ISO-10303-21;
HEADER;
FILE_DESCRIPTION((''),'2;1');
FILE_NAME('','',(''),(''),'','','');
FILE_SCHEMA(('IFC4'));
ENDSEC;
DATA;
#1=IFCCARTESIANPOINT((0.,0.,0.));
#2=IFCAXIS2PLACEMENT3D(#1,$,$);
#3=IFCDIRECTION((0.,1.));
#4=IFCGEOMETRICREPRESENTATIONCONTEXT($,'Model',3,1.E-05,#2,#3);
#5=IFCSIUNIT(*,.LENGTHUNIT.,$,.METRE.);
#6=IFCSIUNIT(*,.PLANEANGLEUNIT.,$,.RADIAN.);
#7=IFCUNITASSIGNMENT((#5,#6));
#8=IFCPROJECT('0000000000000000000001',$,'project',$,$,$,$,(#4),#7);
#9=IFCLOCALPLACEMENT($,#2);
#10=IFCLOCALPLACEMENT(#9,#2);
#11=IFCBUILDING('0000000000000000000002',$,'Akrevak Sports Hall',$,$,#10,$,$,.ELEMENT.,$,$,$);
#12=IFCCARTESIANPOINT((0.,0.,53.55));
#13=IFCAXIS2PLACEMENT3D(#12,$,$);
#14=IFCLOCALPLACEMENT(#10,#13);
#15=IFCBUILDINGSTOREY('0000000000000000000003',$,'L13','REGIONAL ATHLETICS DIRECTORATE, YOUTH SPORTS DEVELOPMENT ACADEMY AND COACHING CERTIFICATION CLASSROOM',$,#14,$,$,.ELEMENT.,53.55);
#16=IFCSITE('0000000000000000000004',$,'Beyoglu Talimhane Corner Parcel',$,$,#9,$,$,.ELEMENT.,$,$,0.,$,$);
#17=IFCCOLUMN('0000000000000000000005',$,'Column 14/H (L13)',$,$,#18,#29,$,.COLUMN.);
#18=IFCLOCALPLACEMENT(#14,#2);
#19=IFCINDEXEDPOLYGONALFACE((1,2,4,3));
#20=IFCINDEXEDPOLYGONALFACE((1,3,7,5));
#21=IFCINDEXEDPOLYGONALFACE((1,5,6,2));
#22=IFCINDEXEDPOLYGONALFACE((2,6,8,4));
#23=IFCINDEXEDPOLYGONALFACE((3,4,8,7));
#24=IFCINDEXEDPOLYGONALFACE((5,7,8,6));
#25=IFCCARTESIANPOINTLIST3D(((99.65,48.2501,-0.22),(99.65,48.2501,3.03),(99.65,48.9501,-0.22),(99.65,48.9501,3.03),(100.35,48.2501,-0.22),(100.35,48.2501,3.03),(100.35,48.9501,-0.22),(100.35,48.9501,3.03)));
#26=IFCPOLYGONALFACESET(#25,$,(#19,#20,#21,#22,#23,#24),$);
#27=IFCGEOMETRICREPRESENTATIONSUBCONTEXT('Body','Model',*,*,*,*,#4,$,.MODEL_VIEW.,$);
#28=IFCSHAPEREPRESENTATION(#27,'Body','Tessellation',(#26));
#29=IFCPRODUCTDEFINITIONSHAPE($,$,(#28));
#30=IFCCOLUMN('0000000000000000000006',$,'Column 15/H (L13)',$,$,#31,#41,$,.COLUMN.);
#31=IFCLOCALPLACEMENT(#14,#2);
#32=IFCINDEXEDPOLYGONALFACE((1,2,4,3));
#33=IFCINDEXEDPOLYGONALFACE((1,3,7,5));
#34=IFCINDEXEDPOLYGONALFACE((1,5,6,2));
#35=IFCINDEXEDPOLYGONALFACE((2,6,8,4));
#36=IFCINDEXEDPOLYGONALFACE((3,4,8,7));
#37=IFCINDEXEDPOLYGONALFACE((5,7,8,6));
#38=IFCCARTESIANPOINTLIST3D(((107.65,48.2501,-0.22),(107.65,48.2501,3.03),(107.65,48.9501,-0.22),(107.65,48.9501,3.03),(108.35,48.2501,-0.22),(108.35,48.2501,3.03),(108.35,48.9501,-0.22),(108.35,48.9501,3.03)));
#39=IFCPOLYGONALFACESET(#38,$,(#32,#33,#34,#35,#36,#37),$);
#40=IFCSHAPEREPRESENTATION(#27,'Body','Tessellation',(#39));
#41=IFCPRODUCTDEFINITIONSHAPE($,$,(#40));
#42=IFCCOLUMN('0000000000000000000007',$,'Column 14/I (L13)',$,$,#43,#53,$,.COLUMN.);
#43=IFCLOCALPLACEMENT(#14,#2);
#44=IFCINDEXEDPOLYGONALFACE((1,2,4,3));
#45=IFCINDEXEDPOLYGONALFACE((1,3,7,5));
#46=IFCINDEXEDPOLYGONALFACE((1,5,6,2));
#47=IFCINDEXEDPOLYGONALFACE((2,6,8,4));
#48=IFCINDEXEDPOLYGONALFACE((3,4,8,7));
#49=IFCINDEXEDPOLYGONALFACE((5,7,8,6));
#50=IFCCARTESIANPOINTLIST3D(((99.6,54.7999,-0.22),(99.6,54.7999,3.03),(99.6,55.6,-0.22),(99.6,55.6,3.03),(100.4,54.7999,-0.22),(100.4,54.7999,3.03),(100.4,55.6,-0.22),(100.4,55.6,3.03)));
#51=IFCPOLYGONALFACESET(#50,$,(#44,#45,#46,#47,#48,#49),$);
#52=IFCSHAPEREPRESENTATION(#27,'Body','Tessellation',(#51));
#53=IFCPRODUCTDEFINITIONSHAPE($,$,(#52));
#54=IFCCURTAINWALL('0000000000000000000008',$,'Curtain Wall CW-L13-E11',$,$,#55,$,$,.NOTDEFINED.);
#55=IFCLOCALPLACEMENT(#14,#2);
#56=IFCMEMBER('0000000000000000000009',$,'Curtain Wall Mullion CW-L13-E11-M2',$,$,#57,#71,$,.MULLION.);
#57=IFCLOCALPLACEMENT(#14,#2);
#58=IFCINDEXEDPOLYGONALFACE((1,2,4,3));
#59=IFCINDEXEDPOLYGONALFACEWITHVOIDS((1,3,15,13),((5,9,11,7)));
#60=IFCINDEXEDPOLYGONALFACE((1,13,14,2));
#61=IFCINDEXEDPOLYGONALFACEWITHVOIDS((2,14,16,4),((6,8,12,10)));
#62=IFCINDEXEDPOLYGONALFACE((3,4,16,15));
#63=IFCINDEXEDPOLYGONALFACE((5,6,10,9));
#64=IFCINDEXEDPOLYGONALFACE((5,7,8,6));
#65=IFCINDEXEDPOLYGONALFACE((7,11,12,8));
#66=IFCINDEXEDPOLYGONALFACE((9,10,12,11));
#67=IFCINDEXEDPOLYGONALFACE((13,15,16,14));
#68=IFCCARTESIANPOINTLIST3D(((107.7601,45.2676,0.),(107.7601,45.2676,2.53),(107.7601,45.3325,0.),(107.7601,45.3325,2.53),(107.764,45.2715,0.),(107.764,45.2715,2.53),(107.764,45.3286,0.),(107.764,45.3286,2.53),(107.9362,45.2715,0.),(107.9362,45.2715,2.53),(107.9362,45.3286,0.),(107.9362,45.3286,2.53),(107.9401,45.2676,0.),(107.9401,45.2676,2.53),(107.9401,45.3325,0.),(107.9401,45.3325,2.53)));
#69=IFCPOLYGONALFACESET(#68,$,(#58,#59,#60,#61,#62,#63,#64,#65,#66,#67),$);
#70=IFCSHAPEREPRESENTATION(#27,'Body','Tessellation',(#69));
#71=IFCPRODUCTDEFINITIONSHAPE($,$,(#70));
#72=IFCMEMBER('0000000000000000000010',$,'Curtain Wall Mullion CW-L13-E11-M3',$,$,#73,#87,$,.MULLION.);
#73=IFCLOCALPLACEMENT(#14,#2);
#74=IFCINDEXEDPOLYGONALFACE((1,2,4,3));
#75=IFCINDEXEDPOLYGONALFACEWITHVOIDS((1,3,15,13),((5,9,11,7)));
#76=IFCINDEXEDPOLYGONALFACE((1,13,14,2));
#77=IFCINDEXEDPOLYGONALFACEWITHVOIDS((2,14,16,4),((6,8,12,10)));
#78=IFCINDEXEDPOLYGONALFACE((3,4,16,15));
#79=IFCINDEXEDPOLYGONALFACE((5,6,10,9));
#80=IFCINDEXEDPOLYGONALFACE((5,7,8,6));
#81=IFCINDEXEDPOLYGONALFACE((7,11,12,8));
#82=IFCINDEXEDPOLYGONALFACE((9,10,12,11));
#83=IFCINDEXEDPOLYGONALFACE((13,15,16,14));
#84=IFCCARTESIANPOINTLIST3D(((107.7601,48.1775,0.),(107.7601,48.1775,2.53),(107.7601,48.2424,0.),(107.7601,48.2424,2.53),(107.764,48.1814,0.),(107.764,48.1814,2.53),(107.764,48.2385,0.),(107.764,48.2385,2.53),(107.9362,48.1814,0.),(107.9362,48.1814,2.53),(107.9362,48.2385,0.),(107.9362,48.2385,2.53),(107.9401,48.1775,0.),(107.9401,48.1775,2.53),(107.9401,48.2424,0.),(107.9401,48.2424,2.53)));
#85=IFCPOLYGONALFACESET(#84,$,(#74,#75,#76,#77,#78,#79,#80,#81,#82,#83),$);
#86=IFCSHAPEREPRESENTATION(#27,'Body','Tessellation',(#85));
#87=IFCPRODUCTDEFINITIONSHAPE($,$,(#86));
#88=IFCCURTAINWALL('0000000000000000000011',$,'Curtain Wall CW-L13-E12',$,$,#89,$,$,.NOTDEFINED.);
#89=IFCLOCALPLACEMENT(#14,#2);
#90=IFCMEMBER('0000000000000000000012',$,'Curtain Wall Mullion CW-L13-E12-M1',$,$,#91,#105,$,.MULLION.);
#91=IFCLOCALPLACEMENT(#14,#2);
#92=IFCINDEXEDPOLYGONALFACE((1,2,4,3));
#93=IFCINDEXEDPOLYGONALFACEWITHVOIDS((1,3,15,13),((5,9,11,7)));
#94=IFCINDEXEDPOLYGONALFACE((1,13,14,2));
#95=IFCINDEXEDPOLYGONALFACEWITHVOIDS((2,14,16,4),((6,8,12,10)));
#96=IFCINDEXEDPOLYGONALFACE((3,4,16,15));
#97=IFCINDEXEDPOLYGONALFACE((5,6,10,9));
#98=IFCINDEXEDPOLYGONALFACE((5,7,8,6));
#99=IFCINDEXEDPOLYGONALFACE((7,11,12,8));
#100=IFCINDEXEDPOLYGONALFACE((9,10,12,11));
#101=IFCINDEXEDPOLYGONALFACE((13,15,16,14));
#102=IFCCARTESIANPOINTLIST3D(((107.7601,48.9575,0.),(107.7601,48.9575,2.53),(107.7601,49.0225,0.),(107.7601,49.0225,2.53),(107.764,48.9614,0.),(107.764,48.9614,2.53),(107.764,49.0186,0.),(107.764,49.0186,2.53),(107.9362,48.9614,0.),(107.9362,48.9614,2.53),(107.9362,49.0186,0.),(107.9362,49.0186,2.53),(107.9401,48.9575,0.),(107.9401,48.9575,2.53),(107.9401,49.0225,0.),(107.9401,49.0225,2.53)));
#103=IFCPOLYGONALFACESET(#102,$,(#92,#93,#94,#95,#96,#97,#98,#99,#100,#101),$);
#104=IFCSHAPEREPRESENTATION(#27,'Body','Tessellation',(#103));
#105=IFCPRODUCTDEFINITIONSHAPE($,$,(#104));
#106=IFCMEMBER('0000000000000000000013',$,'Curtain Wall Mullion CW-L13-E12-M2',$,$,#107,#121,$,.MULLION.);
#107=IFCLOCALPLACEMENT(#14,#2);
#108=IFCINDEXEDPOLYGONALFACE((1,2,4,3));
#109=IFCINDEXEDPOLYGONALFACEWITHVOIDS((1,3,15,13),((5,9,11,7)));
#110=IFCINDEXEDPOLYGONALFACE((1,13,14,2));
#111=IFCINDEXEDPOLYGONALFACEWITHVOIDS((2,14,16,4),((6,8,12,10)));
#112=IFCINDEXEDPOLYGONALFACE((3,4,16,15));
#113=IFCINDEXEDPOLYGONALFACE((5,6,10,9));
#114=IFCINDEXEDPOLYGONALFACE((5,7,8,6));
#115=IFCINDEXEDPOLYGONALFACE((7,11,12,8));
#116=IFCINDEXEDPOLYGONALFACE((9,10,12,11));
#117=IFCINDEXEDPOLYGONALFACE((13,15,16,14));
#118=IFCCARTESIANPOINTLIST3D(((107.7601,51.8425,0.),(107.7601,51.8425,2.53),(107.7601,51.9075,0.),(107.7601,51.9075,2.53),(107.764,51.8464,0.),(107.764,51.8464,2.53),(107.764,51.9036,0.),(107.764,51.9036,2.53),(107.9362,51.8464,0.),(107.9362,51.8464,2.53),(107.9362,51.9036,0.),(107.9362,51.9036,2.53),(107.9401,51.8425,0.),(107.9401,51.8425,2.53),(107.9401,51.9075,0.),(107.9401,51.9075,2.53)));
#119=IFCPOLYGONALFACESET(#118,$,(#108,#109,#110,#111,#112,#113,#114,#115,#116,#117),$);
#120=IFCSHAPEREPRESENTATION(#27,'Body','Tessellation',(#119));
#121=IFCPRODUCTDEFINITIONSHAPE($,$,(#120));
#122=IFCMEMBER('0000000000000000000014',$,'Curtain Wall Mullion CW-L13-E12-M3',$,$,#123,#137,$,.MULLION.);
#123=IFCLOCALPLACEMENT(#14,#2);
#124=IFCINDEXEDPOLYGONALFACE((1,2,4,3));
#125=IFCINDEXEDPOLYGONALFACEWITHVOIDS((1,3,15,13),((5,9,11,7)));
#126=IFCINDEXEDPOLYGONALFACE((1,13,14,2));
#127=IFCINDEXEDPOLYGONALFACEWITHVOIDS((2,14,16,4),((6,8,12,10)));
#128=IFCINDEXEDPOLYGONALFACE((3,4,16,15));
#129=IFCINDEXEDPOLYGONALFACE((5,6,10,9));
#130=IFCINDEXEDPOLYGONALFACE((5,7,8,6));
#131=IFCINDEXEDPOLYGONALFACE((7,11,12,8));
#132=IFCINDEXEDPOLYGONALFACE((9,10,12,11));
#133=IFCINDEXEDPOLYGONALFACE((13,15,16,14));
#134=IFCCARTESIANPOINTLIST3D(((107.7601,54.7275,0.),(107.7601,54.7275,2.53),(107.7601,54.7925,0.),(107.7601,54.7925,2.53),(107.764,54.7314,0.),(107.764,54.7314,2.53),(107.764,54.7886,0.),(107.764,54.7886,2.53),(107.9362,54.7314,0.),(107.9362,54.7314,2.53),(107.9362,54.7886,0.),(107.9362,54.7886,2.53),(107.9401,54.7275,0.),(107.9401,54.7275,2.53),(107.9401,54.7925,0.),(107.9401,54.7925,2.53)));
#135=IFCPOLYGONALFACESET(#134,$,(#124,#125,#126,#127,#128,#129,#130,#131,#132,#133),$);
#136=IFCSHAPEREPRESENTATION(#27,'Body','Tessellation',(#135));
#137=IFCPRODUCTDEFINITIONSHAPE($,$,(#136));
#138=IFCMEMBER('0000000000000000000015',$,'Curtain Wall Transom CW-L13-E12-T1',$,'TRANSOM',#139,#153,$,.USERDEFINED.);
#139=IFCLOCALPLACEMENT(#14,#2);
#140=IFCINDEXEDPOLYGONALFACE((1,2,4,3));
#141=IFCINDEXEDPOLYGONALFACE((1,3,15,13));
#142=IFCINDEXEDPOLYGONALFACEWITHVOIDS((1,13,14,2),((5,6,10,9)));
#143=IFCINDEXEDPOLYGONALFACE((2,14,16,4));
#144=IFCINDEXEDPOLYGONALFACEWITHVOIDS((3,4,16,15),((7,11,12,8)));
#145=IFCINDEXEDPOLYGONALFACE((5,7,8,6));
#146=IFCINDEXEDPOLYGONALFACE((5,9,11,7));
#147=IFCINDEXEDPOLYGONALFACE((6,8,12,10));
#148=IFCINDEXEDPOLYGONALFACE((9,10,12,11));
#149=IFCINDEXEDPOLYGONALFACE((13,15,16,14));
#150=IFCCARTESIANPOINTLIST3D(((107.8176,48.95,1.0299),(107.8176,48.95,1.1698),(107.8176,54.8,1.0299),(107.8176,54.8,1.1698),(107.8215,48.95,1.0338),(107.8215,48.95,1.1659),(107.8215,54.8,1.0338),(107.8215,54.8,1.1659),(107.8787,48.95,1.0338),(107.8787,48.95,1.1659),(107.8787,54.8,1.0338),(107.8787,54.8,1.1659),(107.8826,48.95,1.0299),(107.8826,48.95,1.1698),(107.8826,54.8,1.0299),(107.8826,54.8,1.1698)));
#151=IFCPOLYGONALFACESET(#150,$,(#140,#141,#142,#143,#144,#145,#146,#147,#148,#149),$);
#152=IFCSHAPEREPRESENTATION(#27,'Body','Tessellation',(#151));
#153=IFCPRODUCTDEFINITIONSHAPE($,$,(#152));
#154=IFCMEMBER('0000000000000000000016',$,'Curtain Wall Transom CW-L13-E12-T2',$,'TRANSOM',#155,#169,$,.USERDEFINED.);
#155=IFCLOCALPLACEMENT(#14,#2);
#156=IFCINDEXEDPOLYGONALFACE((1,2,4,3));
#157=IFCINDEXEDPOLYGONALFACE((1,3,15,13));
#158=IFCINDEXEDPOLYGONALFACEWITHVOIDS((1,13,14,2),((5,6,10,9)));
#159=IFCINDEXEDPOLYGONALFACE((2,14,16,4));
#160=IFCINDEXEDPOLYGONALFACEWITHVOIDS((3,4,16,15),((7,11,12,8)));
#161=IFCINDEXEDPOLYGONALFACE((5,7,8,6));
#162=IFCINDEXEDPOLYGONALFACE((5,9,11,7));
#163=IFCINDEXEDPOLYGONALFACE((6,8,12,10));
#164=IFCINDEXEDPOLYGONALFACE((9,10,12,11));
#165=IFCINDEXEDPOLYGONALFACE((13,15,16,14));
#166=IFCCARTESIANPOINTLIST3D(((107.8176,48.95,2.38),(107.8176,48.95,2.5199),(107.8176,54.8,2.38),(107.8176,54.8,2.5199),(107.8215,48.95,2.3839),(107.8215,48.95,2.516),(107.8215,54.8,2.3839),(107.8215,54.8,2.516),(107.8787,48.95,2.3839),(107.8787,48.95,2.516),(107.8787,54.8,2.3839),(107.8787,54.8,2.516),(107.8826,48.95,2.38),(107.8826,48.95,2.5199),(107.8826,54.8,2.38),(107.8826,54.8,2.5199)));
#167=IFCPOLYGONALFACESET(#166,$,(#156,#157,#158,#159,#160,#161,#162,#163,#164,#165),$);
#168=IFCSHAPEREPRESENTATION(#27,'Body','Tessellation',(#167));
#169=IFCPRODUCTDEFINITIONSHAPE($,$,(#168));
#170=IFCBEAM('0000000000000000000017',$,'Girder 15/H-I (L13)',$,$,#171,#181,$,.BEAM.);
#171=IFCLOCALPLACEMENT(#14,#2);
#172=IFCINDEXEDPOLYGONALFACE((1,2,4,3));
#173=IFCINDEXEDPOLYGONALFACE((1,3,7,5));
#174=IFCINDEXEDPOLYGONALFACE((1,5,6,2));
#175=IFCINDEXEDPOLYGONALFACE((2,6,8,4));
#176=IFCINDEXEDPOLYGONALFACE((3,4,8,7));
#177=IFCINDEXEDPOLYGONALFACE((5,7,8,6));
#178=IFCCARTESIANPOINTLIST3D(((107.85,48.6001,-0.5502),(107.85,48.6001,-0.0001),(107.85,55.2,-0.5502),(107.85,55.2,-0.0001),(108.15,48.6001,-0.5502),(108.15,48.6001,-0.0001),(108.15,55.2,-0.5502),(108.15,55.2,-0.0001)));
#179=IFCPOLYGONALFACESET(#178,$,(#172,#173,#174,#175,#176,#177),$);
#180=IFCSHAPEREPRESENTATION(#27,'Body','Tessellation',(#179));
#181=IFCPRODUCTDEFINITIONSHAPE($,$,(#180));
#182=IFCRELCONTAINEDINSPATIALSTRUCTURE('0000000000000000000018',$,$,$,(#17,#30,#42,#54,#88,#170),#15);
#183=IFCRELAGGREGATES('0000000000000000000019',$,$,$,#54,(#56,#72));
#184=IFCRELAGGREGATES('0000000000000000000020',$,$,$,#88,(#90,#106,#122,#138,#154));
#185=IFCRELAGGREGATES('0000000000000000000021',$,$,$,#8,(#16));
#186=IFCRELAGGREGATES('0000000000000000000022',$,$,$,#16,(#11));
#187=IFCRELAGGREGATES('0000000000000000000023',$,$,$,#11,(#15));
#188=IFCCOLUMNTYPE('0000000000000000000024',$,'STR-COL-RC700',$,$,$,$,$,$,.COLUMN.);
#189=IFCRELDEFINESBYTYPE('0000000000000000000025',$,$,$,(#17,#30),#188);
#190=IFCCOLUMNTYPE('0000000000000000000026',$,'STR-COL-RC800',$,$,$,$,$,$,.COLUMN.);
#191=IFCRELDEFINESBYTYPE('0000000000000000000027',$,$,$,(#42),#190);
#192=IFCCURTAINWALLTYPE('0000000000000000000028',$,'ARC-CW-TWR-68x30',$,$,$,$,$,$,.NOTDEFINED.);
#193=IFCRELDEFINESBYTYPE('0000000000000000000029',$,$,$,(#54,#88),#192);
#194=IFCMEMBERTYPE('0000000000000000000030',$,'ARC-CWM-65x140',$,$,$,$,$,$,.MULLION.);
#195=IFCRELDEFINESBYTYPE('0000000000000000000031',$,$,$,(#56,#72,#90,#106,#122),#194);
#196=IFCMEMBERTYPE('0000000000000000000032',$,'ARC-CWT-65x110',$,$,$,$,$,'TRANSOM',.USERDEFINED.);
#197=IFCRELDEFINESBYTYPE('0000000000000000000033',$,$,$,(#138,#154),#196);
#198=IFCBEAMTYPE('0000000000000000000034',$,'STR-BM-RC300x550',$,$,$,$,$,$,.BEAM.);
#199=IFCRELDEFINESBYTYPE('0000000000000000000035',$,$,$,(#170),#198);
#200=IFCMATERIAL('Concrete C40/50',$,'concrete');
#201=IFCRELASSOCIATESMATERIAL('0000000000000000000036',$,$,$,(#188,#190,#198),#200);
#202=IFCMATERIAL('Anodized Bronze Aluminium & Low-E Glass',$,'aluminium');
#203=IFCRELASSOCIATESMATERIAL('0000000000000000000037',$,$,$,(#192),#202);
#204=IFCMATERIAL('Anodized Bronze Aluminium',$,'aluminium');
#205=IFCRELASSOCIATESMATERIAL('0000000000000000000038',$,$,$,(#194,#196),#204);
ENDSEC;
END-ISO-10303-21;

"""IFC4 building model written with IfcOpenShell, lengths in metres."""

from ifc_helpers import new_model, si_unit, direction, frame, origin, origin_2d, place, context, subcontext, project, spatial, rectangle, hollow_rectangle, extrude, material, material_profile, profile_set, type_object, element, aggregate, save


model = new_model("IFC4")

# Units and contexts
model_context = context("Model", 3, precision=1e-05, world=origin(), true_north=direction((0.0, 1.0)))
body_context = subcontext(model_context, "Body", "Model", "MODEL_VIEW")
ifc_project = project(units=[si_unit("LENGTHUNIT", "METRE"), si_unit("PLANEANGLEUNIT", "RADIAN")], contexts=[model_context])

# Site, building, storey
site_placement = place(None, origin())
site = spatial("IfcSite", under=ifc_project, at=site_placement, Name="Beyoglu Talimhane Corner Parcel", CompositionType="ELEMENT", RefElevation=0.0)
building_placement = place(site_placement, origin())
building = spatial("IfcBuilding", under=site, at=building_placement, Name="Akrevak Sports Hall", CompositionType="ELEMENT")
storey_placement = place(building_placement, frame((0.0, 0.0, 53.55)))
storey = spatial("IfcBuildingStorey", under=building, at=storey_placement, Name="L13", Description="REGIONAL ATHLETICS DIRECTORATE, YOUTH SPORTS DEVELOPMENT ACADEMY AND COACHING CERTIFICATION CLASSROOM", CompositionType="ELEMENT", Elevation=53.55)

# Columns
ifc_material_1 = material(Name="Concrete C40/50", Category="concrete")
ifc_material_profile_1 = material_profile(ifc_material_1, rectangle(XDim=0.7, YDim=0.7, at=origin_2d()), Name="RC 700x700", Category="concrete")
ifc_profile_set_1 = profile_set([ifc_material_profile_1], Name="Concrete C40/50")
column_type_1 = type_object("IfcColumnType", Name="STR-COL-RC700", PredefinedType="COLUMN", material=ifc_profile_set_1)
for number, where, z_axis, x_axis, name in (
    (1, (100.0, 48.6001, -0.22), (0.0, 0.0, 1.0), (1.0, 0.0, 0.0), "Column 14/H (L13)"),
    (2, (108.0, 48.6001, -0.22), (0.0, 0.0, 1.0), (1.0, 0.0, 0.0), "Column 15/H (L13)"),
):
    element("IfcColumn", number, at=place(storey_placement, frame(where, z_axis=z_axis, x_axis=x_axis)), inside=storey, type_object=column_type_1, Name=name, PredefinedType="COLUMN", context=body_context, shape_type="SweptSolid", body=[
        extrude(rectangle(XDim=0.7, YDim=0.7, at=origin_2d()), origin(), (0.0, 0.0, 1.0), 3.25),
    ])
ifc_material_profile_2 = material_profile(ifc_material_1, rectangle(XDim=0.8, YDim=0.8, at=origin_2d()), Name="RC 800x800", Category="concrete")
ifc_profile_set_2 = profile_set([ifc_material_profile_2], Name="Concrete C40/50")
column_type_2 = type_object("IfcColumnType", Name="STR-COL-RC800", PredefinedType="COLUMN", material=ifc_profile_set_2)
column_placement = place(storey_placement, frame((100.0, 55.2, -0.22), z_axis=(0.0, 0.0, 1.0), x_axis=(1.0, 0.0, 0.0)))
element("IfcColumn", 3, at=column_placement, inside=storey, type_object=column_type_2, Name="Column 14/I (L13)", PredefinedType="COLUMN", context=body_context, shape_type="SweptSolid", body=[
    extrude(rectangle(XDim=0.8, YDim=0.8, at=origin_2d()), origin(), (0.0, 0.0, 1.0), 3.25),
])

# Curtain walls, members
ifc_material_2 = material(Name="Anodized Bronze Aluminium & Low-E Glass", Category="aluminium")
curtain_wall_type = type_object("IfcCurtainWallType", Name="ARC-CW-TWR-68x30", PredefinedType="NOTDEFINED", material=ifc_material_2)
curtain_wall_1_placement = place(storey_placement, origin())
curtain_wall_1 = element("IfcCurtainWall", 4, at=curtain_wall_1_placement, inside=storey, type_object=curtain_wall_type, Name="Curtain Wall CW-L13-E11", PredefinedType="NOTDEFINED")
ifc_material_3 = material(Name="Anodized Bronze Aluminium", Category="aluminium")
ifc_material_profile_3 = material_profile(ifc_material_3, hollow_rectangle(XDim=0.0649, YDim=0.1799, WallThickness=0.0039, at=origin_2d()), Name="CWM 65x180", Category="aluminium")
ifc_profile_set_3 = profile_set([ifc_material_profile_3], Name="Anodized Bronze Aluminium")
member_type_1 = type_object("IfcMemberType", Name="ARC-CWM-65x140", PredefinedType="MULLION", material=ifc_profile_set_3)
member_1_placement = place(storey_placement, frame((107.8501, 45.3, 0.0), z_axis=(0.0, 0.0, 1.0), x_axis=(0.0, 1.0, 0.0)))
member_1 = element("IfcMember", 5, at=member_1_placement, type_object=member_type_1, Name="Curtain Wall Mullion CW-L13-E11-M2", PredefinedType="MULLION", context=body_context, shape_type="SweptSolid", body=[
    extrude(hollow_rectangle(XDim=0.0649, YDim=0.1799, WallThickness=0.0039, at=origin_2d()), origin(), (0.0, 0.0, 1.0), 2.53),
])
member_2_placement = place(storey_placement, frame((107.8501, 48.21, 0.0), z_axis=(0.0, 0.0, 1.0), x_axis=(0.0, 1.0, 0.0)))
member_2 = element("IfcMember", 6, at=member_2_placement, type_object=member_type_1, Name="Curtain Wall Mullion CW-L13-E11-M3", PredefinedType="MULLION", context=body_context, shape_type="SweptSolid", body=[
    extrude(hollow_rectangle(XDim=0.0649, YDim=0.1799, WallThickness=0.0039, at=origin_2d()), origin(), (0.0, 0.0, 1.0), 2.53),
])
curtain_wall_2_placement = place(storey_placement, origin())
curtain_wall_2 = element("IfcCurtainWall", 7, at=curtain_wall_2_placement, inside=storey, type_object=curtain_wall_type, Name="Curtain Wall CW-L13-E12", PredefinedType="NOTDEFINED")
member_3_placement = place(storey_placement, frame((107.8501, 48.99, 0.0), z_axis=(0.0, 0.0, 1.0), x_axis=(0.0, 1.0, 0.0)))
member_3 = element("IfcMember", 8, at=member_3_placement, type_object=member_type_1, Name="Curtain Wall Mullion CW-L13-E12-M1", PredefinedType="MULLION", context=body_context, shape_type="SweptSolid", body=[
    extrude(hollow_rectangle(XDim=0.0649, YDim=0.1799, WallThickness=0.0039, at=origin_2d()), origin(), (0.0, 0.0, 1.0), 2.53),
])
member_4_placement = place(storey_placement, frame((107.8501, 51.875, 0.0), z_axis=(0.0, 0.0, 1.0), x_axis=(0.0, 1.0, 0.0)))
member_4 = element("IfcMember", 9, at=member_4_placement, type_object=member_type_1, Name="Curtain Wall Mullion CW-L13-E12-M2", PredefinedType="MULLION", context=body_context, shape_type="SweptSolid", body=[
    extrude(hollow_rectangle(XDim=0.0649, YDim=0.1799, WallThickness=0.0039, at=origin_2d()), origin(), (0.0, 0.0, 1.0), 2.53),
])
member_5_placement = place(storey_placement, frame((107.8501, 54.76, 0.0), z_axis=(0.0, 0.0, 1.0), x_axis=(0.0, 1.0, 0.0)))
member_5 = element("IfcMember", 10, at=member_5_placement, type_object=member_type_1, Name="Curtain Wall Mullion CW-L13-E12-M3", PredefinedType="MULLION", context=body_context, shape_type="SweptSolid", body=[
    extrude(hollow_rectangle(XDim=0.0649, YDim=0.1799, WallThickness=0.0039, at=origin_2d()), origin(), (0.0, 0.0, 1.0), 2.53),
])
ifc_material_profile_4 = material_profile(ifc_material_3, hollow_rectangle(XDim=0.0649, YDim=0.1399, WallThickness=0.0039, at=origin_2d()), Name="CWT 65x140", Category="aluminium")
ifc_profile_set_4 = profile_set([ifc_material_profile_4], Name="Anodized Bronze Aluminium")
member_type_2 = type_object("IfcMemberType", Name="ARC-CWT-65x110", ElementType="TRANSOM", PredefinedType="USERDEFINED", material=ifc_profile_set_4)
member_6_placement = place(storey_placement, frame((107.8501, 48.95, 1.0999), z_axis=(0.0, 1.0, 0.0), x_axis=(-1.0, 0.0, 0.0)))
member_6 = element("IfcMember", 11, at=member_6_placement, type_object=member_type_2, Name="Curtain Wall Transom CW-L13-E12-T1", ObjectType="TRANSOM", PredefinedType="USERDEFINED", context=body_context, shape_type="SweptSolid", body=[
    extrude(hollow_rectangle(XDim=0.0649, YDim=0.1399, WallThickness=0.0039, at=origin_2d()), origin(), (0.0, 0.0, 1.0), 5.8501),
])
member_7_placement = place(storey_placement, frame((107.8501, 48.95, 2.45), z_axis=(0.0, 1.0, 0.0), x_axis=(-1.0, 0.0, 0.0)))
member_7 = element("IfcMember", 12, at=member_7_placement, type_object=member_type_2, Name="Curtain Wall Transom CW-L13-E12-T2", ObjectType="TRANSOM", PredefinedType="USERDEFINED", context=body_context, shape_type="SweptSolid", body=[
    extrude(hollow_rectangle(XDim=0.0649, YDim=0.1399, WallThickness=0.0039, at=origin_2d()), origin(), (0.0, 0.0, 1.0), 5.8501),
])

# Beam
ifc_material_profile_5 = material_profile(ifc_material_1, rectangle(XDim=0.3, YDim=0.55, at=origin_2d()), Name="BM 300x550", Category="concrete")
ifc_profile_set_5 = profile_set([ifc_material_profile_5], Name="Concrete C40/50")
beam_type_1 = type_object("IfcBeamType", Name="STR-BM-RC300x550", PredefinedType="BEAM", material=ifc_profile_set_5)
beam_1_placement = place(storey_placement, frame((108.0, 48.6001, -0.2751), z_axis=(0.0, 1.0, 0.0), x_axis=(-1.0, 0.0, 0.0)))
element("IfcBeam", 13, at=beam_1_placement, inside=storey, type_object=beam_type_1, Name="Girder 15/H-I (L13)", PredefinedType="BEAM", context=body_context, shape_type="SweptSolid", body=[
    extrude(rectangle(XDim=0.3, YDim=0.55, at=origin_2d()), origin(), (0.0, 0.0, 1.0), 6.5999),
])

aggregate(curtain_wall_1, [member_1, member_2])
aggregate(curtain_wall_2, [member_3, member_4, member_5, member_6, member_7])

save(model, "model.ifc")
